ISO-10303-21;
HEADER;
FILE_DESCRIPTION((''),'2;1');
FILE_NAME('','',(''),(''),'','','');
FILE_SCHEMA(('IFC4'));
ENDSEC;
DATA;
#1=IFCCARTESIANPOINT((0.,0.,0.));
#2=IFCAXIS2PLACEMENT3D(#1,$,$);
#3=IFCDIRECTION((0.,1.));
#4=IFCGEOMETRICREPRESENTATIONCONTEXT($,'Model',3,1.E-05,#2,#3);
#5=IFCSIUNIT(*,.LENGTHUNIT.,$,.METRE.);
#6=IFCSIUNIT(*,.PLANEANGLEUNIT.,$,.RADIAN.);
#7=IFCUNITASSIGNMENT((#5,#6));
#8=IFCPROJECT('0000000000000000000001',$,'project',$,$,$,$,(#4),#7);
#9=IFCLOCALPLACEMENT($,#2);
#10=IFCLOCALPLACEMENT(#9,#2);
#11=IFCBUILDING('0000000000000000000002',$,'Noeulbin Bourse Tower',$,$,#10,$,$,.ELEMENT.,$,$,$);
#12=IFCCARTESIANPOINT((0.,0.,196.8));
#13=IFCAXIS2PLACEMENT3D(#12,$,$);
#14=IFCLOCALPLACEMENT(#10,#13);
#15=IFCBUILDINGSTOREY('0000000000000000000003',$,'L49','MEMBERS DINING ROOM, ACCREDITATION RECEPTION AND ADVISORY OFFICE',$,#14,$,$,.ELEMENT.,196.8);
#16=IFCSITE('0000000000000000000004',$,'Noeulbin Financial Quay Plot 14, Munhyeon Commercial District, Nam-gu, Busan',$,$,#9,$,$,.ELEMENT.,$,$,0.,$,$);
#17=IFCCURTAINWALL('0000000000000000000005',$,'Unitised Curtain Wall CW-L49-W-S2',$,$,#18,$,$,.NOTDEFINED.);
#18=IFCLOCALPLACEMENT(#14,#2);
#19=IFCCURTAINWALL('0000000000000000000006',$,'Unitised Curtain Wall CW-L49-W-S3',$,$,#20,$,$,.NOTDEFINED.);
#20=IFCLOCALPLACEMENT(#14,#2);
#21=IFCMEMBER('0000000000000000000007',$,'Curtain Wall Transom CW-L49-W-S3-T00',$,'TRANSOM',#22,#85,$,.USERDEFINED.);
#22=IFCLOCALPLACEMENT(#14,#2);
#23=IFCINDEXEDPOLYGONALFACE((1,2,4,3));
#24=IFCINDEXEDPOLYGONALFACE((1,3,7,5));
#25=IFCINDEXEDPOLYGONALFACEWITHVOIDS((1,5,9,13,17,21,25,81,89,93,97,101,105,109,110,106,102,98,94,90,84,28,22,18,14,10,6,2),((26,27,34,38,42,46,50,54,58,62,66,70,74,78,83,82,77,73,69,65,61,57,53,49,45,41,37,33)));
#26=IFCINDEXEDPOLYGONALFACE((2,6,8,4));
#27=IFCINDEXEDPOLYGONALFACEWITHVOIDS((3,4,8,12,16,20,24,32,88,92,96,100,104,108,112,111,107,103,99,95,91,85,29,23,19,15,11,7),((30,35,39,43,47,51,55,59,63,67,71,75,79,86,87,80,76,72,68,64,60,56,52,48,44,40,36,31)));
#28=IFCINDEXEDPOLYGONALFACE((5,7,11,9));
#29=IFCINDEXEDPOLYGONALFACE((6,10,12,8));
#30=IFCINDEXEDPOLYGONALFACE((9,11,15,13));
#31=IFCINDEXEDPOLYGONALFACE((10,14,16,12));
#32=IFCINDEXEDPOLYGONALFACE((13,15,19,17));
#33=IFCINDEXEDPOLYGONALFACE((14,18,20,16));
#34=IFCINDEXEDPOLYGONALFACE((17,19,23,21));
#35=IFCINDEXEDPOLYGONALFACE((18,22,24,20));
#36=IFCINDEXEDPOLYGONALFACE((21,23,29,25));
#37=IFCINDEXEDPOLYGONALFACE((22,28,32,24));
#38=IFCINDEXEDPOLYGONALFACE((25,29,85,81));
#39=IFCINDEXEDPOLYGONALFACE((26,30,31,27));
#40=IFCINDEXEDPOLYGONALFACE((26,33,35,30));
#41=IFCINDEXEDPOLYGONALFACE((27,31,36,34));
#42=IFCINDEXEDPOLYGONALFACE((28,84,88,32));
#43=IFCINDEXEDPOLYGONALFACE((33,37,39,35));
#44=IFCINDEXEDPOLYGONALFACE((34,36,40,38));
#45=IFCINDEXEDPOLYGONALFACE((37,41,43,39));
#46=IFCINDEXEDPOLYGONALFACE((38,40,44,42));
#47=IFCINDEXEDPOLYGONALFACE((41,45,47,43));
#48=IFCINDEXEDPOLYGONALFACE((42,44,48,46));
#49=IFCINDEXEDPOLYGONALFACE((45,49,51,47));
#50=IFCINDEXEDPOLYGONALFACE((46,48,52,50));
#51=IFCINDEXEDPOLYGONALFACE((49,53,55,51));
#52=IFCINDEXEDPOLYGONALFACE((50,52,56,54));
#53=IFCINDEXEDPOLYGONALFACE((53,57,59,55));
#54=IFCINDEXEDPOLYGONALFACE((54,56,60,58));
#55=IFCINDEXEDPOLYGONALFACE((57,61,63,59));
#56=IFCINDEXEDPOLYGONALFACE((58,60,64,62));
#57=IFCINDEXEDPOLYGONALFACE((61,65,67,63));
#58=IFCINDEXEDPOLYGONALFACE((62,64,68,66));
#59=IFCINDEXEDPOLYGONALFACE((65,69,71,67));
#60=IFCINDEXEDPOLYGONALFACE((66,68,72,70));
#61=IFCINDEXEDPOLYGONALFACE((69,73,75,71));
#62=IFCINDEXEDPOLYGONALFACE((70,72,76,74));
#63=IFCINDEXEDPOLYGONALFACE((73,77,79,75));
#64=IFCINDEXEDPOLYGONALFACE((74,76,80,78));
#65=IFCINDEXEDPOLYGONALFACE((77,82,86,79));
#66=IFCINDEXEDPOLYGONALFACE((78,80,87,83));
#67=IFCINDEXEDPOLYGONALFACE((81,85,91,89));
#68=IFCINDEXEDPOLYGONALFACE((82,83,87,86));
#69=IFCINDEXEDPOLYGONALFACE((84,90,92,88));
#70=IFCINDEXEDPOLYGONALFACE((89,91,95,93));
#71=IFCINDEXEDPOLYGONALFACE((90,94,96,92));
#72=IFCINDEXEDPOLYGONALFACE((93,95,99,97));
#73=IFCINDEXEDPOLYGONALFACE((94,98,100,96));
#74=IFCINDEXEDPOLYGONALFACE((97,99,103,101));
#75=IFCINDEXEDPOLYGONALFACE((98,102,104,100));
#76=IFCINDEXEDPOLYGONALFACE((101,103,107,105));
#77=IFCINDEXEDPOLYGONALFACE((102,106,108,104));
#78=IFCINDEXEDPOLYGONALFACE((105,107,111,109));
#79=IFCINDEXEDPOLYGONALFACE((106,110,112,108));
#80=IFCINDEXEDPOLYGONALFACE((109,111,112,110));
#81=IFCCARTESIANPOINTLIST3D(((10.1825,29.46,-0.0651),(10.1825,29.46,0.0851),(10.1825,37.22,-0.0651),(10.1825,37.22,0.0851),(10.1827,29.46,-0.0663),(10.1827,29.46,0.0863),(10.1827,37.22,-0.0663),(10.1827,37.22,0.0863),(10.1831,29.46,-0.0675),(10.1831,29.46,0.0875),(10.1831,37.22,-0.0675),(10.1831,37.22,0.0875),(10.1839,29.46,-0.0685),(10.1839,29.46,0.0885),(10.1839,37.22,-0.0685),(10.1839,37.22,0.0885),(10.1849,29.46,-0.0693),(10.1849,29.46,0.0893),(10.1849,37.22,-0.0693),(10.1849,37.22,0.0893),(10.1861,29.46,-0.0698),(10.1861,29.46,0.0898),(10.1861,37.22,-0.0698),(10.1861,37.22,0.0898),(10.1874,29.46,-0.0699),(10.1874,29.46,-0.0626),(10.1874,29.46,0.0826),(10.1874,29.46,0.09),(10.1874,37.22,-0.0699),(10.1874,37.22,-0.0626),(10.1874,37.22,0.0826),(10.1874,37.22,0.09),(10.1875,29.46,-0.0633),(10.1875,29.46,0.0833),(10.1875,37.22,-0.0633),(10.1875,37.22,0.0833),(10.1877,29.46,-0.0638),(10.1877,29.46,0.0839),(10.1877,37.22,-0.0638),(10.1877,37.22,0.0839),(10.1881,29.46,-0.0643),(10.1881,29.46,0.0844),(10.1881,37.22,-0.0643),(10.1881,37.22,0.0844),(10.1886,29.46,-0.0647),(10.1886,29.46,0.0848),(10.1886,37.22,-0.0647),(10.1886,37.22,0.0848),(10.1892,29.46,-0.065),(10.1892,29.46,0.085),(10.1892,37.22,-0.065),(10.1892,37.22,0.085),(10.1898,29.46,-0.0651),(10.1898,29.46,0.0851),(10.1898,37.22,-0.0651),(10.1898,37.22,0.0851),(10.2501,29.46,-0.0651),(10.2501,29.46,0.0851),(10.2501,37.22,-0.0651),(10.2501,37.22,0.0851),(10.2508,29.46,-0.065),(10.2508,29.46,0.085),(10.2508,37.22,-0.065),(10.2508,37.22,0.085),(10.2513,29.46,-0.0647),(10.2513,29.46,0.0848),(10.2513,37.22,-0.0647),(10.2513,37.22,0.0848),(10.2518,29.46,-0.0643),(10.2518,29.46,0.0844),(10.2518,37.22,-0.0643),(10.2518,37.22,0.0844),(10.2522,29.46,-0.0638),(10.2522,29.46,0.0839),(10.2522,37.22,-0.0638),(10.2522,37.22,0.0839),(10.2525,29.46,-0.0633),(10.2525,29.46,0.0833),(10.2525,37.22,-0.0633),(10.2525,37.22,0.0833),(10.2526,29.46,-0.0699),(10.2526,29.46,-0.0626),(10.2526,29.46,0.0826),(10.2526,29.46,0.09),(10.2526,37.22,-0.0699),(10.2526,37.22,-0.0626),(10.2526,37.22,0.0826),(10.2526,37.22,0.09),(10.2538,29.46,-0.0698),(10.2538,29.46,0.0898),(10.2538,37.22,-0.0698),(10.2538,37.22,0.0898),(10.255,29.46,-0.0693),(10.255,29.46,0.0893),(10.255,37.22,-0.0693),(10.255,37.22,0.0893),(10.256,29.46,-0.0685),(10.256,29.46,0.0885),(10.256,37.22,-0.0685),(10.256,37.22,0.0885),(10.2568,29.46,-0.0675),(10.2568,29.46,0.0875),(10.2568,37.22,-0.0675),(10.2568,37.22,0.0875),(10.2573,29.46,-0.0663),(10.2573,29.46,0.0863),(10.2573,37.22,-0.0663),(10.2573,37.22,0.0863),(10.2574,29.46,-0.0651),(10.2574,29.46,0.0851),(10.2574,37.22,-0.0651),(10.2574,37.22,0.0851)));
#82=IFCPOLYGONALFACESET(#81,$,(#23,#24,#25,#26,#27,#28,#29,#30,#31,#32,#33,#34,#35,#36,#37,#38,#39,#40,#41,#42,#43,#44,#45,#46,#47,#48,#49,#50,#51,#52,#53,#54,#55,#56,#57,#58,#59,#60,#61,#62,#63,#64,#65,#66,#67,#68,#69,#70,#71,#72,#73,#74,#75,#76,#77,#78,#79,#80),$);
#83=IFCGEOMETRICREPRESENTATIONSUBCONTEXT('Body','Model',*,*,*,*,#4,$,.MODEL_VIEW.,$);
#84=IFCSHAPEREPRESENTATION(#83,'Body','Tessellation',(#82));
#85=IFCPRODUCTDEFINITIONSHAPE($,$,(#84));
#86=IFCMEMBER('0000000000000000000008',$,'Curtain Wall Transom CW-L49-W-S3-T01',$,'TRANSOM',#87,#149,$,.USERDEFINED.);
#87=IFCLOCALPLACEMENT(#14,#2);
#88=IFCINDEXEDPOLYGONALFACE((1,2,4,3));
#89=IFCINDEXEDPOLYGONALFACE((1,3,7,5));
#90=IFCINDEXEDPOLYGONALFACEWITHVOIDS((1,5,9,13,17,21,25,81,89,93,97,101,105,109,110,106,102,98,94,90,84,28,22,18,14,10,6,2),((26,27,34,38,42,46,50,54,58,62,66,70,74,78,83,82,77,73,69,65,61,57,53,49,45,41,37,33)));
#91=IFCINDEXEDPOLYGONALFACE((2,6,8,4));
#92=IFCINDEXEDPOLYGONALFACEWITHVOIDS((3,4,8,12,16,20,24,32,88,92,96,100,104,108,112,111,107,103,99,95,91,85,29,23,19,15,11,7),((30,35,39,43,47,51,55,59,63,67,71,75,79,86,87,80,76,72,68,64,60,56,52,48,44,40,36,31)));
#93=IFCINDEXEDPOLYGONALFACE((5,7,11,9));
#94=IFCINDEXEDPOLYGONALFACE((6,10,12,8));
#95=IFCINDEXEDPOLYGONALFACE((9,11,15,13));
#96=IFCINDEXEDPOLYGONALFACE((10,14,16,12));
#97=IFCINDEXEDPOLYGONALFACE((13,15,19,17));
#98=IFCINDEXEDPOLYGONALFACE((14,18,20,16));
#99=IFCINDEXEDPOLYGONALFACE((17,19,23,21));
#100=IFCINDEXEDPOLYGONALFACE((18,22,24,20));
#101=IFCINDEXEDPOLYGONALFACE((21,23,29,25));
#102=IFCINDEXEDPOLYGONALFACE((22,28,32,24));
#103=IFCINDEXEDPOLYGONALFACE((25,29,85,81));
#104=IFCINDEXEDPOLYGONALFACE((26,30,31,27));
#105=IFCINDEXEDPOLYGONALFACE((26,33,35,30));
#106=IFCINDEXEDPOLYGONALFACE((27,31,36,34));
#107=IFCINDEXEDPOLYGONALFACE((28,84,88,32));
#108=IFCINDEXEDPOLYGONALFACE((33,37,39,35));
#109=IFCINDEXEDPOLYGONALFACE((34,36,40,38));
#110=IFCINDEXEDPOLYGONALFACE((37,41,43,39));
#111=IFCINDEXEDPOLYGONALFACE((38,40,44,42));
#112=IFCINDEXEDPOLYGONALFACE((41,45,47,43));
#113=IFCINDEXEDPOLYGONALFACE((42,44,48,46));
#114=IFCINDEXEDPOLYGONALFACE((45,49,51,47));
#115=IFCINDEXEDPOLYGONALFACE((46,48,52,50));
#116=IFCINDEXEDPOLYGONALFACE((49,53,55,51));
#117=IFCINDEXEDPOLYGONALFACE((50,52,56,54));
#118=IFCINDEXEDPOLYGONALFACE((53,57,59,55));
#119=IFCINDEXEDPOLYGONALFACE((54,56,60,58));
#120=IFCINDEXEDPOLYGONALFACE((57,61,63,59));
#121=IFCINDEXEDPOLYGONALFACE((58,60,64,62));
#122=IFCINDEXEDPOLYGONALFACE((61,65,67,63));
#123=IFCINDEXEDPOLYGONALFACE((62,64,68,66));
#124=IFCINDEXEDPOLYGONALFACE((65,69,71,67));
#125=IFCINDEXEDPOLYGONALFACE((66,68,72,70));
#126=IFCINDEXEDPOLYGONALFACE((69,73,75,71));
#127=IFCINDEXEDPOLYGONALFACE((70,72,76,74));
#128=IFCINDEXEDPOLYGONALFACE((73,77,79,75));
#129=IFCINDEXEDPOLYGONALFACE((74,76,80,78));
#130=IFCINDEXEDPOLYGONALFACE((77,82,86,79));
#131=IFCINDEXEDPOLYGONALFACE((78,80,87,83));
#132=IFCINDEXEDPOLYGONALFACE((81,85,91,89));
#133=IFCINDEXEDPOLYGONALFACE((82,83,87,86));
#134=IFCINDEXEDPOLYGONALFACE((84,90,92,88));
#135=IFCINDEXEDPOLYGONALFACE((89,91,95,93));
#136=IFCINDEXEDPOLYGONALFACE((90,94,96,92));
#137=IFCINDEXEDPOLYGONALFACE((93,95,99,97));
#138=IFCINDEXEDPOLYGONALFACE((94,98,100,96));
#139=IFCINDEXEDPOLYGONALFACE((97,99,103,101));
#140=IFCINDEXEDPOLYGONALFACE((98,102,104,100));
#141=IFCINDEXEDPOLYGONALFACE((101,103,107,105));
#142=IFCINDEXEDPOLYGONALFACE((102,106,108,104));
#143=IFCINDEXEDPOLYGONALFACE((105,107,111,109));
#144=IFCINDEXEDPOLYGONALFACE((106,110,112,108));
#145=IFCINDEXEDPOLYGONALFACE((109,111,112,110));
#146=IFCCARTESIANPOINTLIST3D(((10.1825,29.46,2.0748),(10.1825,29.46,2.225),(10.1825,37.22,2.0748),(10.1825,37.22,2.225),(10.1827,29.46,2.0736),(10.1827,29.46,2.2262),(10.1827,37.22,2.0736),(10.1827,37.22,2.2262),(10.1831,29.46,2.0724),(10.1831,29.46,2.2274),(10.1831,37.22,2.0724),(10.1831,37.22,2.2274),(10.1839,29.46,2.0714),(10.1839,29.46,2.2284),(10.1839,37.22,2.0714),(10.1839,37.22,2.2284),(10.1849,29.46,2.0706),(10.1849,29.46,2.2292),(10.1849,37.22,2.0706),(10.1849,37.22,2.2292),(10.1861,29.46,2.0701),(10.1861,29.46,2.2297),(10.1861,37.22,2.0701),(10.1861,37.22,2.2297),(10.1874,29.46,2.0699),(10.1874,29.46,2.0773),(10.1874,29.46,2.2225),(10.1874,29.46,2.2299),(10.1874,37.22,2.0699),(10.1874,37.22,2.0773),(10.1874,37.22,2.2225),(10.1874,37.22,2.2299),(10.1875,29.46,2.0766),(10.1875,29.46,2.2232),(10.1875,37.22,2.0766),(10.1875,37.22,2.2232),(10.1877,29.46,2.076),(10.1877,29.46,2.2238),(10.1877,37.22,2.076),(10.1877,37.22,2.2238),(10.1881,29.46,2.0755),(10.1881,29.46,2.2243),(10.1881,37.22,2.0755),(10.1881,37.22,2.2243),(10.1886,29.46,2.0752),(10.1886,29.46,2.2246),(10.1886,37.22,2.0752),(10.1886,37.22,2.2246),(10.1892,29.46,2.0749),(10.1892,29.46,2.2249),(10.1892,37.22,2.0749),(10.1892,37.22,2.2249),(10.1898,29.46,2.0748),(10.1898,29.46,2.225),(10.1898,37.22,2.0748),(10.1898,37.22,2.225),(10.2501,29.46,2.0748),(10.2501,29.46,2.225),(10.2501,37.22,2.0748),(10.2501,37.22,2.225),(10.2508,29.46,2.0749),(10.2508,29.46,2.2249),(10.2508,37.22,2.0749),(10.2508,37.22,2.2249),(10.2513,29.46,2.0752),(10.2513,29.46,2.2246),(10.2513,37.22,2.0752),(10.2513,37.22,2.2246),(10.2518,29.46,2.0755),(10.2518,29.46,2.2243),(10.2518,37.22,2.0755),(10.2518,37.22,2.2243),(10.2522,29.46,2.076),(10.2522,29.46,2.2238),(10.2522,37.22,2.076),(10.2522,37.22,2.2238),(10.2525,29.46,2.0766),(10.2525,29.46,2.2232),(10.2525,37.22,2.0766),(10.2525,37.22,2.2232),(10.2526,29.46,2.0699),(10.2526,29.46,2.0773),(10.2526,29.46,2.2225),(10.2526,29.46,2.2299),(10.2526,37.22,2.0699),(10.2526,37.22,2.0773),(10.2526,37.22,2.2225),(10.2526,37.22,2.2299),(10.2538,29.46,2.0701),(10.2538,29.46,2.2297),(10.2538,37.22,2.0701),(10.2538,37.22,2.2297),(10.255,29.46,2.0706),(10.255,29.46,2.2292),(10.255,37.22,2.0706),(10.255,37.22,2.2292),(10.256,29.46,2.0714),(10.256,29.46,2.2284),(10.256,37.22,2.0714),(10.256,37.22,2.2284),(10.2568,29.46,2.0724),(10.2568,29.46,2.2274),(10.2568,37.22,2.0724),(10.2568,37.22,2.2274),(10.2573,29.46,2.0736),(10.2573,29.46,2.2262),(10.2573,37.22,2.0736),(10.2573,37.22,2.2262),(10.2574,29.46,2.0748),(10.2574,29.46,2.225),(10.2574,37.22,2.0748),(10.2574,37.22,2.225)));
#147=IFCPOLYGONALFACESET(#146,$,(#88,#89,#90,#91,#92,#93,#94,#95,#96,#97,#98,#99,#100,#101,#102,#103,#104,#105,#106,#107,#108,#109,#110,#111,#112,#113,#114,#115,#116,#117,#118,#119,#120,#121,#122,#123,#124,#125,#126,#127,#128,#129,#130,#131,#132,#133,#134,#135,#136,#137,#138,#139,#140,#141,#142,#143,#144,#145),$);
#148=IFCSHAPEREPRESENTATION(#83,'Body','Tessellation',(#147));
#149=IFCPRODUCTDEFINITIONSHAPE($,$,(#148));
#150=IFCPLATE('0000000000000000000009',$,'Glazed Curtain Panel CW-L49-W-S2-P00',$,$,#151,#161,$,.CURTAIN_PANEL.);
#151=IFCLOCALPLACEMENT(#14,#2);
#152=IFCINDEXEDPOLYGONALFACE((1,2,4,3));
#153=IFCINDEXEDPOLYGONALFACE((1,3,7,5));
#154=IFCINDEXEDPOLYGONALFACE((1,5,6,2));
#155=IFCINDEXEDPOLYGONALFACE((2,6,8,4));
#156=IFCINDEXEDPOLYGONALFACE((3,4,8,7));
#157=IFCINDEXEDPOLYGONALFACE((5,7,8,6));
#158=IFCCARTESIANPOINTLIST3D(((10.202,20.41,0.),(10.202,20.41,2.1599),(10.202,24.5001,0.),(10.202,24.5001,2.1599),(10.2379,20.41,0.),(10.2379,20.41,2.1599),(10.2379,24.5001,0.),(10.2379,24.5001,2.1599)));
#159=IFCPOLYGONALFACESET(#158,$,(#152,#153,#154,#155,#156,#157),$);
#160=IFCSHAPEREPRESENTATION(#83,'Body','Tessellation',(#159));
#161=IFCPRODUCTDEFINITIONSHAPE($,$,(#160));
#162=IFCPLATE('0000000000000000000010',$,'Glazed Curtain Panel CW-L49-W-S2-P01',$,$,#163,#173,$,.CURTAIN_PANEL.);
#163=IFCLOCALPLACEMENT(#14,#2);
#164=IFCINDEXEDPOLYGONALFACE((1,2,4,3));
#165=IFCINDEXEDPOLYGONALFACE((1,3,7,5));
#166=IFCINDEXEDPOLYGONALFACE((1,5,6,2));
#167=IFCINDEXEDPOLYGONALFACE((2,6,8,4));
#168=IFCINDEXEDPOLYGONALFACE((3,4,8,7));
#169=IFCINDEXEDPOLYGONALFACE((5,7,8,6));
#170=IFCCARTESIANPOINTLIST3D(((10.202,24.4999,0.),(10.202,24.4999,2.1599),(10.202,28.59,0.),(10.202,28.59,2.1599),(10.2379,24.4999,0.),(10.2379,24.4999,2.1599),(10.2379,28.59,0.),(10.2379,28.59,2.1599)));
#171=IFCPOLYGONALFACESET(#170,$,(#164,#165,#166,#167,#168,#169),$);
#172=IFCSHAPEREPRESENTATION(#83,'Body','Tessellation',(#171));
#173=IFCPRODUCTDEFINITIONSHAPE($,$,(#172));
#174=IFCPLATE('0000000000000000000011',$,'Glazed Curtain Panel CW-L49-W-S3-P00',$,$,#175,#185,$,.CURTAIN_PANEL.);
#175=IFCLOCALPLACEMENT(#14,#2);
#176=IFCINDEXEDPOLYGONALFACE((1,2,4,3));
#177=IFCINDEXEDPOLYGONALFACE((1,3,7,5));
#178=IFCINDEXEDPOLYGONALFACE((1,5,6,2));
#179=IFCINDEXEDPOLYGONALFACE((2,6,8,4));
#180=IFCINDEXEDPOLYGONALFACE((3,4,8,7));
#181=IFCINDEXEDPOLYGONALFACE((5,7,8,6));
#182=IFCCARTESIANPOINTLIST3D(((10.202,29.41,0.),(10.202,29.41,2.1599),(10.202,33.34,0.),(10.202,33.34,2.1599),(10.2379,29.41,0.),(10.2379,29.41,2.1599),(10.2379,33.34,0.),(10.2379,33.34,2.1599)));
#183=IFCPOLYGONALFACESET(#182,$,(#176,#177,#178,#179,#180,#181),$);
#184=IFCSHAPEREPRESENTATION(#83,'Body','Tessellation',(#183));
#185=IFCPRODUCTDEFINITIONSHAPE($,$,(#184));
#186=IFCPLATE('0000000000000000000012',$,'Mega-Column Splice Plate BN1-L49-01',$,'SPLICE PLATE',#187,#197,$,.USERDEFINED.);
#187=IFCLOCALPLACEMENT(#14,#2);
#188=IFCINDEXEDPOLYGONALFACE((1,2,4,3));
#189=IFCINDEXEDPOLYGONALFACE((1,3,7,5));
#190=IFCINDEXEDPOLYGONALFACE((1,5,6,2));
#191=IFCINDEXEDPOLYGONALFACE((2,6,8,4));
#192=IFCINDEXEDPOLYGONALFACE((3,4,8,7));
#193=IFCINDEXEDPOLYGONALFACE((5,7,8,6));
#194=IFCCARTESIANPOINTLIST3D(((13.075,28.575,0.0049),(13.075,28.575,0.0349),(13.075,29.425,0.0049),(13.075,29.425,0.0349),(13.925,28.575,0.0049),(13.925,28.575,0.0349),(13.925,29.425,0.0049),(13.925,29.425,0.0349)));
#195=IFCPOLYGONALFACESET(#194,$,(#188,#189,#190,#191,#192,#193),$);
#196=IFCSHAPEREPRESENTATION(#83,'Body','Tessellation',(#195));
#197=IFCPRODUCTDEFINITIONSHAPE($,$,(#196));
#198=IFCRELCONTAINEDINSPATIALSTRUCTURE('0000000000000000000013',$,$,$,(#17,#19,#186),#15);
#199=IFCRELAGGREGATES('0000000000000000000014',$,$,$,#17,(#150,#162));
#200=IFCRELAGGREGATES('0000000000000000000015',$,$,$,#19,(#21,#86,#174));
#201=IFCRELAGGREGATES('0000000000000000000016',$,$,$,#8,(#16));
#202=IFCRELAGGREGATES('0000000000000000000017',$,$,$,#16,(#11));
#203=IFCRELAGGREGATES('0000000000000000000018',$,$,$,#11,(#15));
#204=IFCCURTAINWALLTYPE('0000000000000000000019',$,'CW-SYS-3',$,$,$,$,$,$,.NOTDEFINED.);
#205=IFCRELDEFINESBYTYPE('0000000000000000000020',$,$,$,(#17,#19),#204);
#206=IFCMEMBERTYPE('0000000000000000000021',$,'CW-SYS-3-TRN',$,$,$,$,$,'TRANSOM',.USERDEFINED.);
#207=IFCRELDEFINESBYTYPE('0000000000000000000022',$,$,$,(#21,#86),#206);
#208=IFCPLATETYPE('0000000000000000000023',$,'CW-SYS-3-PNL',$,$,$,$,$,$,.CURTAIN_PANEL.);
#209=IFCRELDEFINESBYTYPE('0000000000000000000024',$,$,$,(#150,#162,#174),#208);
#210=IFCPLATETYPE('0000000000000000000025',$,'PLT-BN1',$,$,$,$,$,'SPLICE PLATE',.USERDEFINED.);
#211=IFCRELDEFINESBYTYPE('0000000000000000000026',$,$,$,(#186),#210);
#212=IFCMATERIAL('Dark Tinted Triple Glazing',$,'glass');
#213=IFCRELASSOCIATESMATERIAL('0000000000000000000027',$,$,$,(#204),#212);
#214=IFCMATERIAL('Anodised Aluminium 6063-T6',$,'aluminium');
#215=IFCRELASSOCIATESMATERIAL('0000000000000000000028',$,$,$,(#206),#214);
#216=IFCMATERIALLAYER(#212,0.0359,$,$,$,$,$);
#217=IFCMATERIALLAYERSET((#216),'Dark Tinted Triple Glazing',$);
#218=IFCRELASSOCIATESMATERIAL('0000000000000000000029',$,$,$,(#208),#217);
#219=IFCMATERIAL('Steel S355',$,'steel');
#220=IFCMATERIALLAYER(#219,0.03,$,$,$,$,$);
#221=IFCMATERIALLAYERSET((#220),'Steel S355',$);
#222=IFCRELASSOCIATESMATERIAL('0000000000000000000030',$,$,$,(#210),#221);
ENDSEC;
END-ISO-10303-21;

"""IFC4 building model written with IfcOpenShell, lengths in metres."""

from ifc_helpers import new_model, si_unit, direction, frame, origin, origin_2d, place, context, subcontext, project, spatial, rectangle, hollow_rectangle, extrude, material, layer, layer_set, material_profile, profile_set, type_object, element, aggregate, save


model = new_model("IFC4")

# Units and contexts
model_context = context("Model", 3, precision=1e-05, world=origin(), true_north=direction((0.0, 1.0)))
body_context = subcontext(model_context, "Body", "Model", "MODEL_VIEW")
ifc_project = project(units=[si_unit("LENGTHUNIT", "METRE"), si_unit("PLANEANGLEUNIT", "RADIAN")], contexts=[model_context])

# Site, building, storey
site_placement = place(None, origin())
site = spatial("IfcSite", under=ifc_project, at=site_placement, Name="Noeulbin Financial Quay Plot 14, Munhyeon Commercial District, Nam-gu, Busan", CompositionType="ELEMENT", RefElevation=0.0)
building_placement = place(site_placement, origin())
building = spatial("IfcBuilding", under=site, at=building_placement, Name="Noeulbin Bourse Tower", CompositionType="ELEMENT")
storey_placement = place(building_placement, frame((0.0, 0.0, 196.8)))
storey = spatial("IfcBuildingStorey", under=building, at=storey_placement, Name="L49", Description="MEMBERS DINING ROOM, ACCREDITATION RECEPTION AND ADVISORY OFFICE", CompositionType="ELEMENT", Elevation=196.8)

# Shared definitions
ifc_material_1 = material(Name="Steel S355", Category="steel")

# Curtain wall
ifc_material_2 = material(Name="Dark Tinted Triple Glazing", Category="glass")
curtain_wall_type = type_object("IfcCurtainWallType", Name="CW-SYS-3", PredefinedType="NOTDEFINED", material=ifc_material_2)
curtain_wall_1_placement = place(storey_placement, origin())
curtain_wall_1 = element("IfcCurtainWall", 1, at=curtain_wall_1_placement, inside=storey, type_object=curtain_wall_type, Name="Unitised Curtain Wall CW-L49-W-S2", PredefinedType="NOTDEFINED")
ifc_material_3 = material(Name="Anodised Aluminium 6063-T6", Category="aluminium")

# Curtain wall
curtain_wall_2_placement = place(storey_placement, origin())
curtain_wall_2 = element("IfcCurtainWall", 2, at=curtain_wall_2_placement, inside=storey, type_object=curtain_wall_type, Name="Unitised Curtain Wall CW-L49-W-S3", PredefinedType="NOTDEFINED")

# Members
ifc_material_profile_1 = material_profile(ifc_material_3, hollow_rectangle(XDim=0.075, YDim=0.1599, WallThickness=0.0049, InnerFilletRadius=0.0024, OuterFilletRadius=0.0049, at=origin_2d()), Name="ALU-TRAN-75x160x5", Category="LoadBearing")
ifc_profile_set_1 = profile_set([ifc_material_profile_1], Name="Anodised Aluminium 6063-T6")
member_type_1 = type_object("IfcMemberType", Name="CW-SYS-3-TRN", ElementType="TRANSOM", PredefinedType="USERDEFINED", material=ifc_profile_set_1)
member_1_placement = place(storey_placement, frame((10.22, 29.46, 0.01), z_axis=(0.0, 1.0, 0.0), x_axis=(-1.0, 0.0, 0.0)))
member_1 = element("IfcMember", 3, at=member_1_placement, type_object=member_type_1, Name="Curtain Wall Transom CW-L49-W-S3-T00", ObjectType="TRANSOM", PredefinedType="USERDEFINED", context=body_context, shape_type="SweptSolid", body=[
    extrude(hollow_rectangle(XDim=0.075, YDim=0.1599, WallThickness=0.0049, InnerFilletRadius=0.0024, OuterFilletRadius=0.0049, at=origin_2d()), origin(), (0.0, 0.0, 1.0), 7.76),
])
member_2_placement = place(storey_placement, frame((10.22, 29.46, 2.1499), z_axis=(0.0, 1.0, 0.0), x_axis=(-1.0, 0.0, 0.0)))
member_2 = element("IfcMember", 4, at=member_2_placement, type_object=member_type_1, Name="Curtain Wall Transom CW-L49-W-S3-T01", ObjectType="TRANSOM", PredefinedType="USERDEFINED", context=body_context, shape_type="SweptSolid", body=[
    extrude(hollow_rectangle(XDim=0.075, YDim=0.1599, WallThickness=0.0049, InnerFilletRadius=0.0024, OuterFilletRadius=0.0049, at=origin_2d()), origin(), (0.0, 0.0, 1.0), 7.76),
])

# Plates
ifc_layer_1 = layer(ifc_material_2, 0.0359)
ifc_layer_set_1 = layer_set([ifc_layer_1], Name="Dark Tinted Triple Glazing")
plate_type_1 = type_object("IfcPlateType", Name="CW-SYS-3-PNL", PredefinedType="CURTAIN_PANEL", material=ifc_layer_set_1)
plate_1_placement = place(storey_placement, frame((10.22, 22.4551, 0.0), z_axis=(0.0, 0.0, 1.0), x_axis=(0.0, 1.0, 0.0)))
plate_1 = element("IfcPlate", 5, at=plate_1_placement, type_object=plate_type_1, Name="Glazed Curtain Panel CW-L49-W-S2-P00", PredefinedType="CURTAIN_PANEL", context=body_context, shape_type="SweptSolid", body=[
    extrude(rectangle(XDim=4.0901, YDim=0.0359, at=origin_2d()), origin(), (0.0, 0.0, 1.0), 2.1599),
])
plate_2_placement = place(storey_placement, frame((10.22, 26.5449, 0.0), z_axis=(0.0, 0.0, 1.0), x_axis=(0.0, 1.0, 0.0)))
plate_2 = element("IfcPlate", 6, at=plate_2_placement, type_object=plate_type_1, Name="Glazed Curtain Panel CW-L49-W-S2-P01", PredefinedType="CURTAIN_PANEL", context=body_context, shape_type="SweptSolid", body=[
    extrude(rectangle(XDim=4.0901, YDim=0.0359, at=origin_2d()), origin(), (0.0, 0.0, 1.0), 2.1599),
])
aggregate(curtain_wall_1, [plate_1, plate_2])
plate_3_placement = place(storey_placement, frame((10.22, 31.375, 0.0), z_axis=(0.0, 0.0, 1.0), x_axis=(0.0, 1.0, 0.0)))
plate_3 = element("IfcPlate", 7, at=plate_3_placement, type_object=plate_type_1, Name="Glazed Curtain Panel CW-L49-W-S3-P00", PredefinedType="CURTAIN_PANEL", context=body_context, shape_type="SweptSolid", body=[
    extrude(rectangle(XDim=3.9299, YDim=0.0359, at=origin_2d()), origin(), (0.0, 0.0, 1.0), 2.1599),
])
aggregate(curtain_wall_2, [member_1, member_2, plate_3])

# Plate
ifc_layer_2 = layer(ifc_material_1, 0.03)
ifc_layer_set_2 = layer_set([ifc_layer_2], Name="Steel S355")
plate_type_2 = type_object("IfcPlateType", Name="PLT-BN1", ElementType="SPLICE PLATE", PredefinedType="USERDEFINED", material=ifc_layer_set_2)
for number, where, z_axis, x_axis, name in (
    (8, (13.5, 29.0, 0.0049), (0.0, 0.0, 1.0), (1.0, 0.0, 0.0), "Mega-Column Splice Plate BN1-L49-01"),
):
    element("IfcPlate", number, at=place(storey_placement, frame(where, z_axis=z_axis, x_axis=x_axis)), inside=storey, type_object=plate_type_2, Name=name, ObjectType="SPLICE PLATE", PredefinedType="USERDEFINED", context=body_context, shape_type="SweptSolid", body=[
        extrude(rectangle(XDim=0.8501, YDim=0.8501, at=origin_2d()), origin(), (0.0, 0.0, 1.0), 0.03),
    ])

save(model, "model.ifc")
